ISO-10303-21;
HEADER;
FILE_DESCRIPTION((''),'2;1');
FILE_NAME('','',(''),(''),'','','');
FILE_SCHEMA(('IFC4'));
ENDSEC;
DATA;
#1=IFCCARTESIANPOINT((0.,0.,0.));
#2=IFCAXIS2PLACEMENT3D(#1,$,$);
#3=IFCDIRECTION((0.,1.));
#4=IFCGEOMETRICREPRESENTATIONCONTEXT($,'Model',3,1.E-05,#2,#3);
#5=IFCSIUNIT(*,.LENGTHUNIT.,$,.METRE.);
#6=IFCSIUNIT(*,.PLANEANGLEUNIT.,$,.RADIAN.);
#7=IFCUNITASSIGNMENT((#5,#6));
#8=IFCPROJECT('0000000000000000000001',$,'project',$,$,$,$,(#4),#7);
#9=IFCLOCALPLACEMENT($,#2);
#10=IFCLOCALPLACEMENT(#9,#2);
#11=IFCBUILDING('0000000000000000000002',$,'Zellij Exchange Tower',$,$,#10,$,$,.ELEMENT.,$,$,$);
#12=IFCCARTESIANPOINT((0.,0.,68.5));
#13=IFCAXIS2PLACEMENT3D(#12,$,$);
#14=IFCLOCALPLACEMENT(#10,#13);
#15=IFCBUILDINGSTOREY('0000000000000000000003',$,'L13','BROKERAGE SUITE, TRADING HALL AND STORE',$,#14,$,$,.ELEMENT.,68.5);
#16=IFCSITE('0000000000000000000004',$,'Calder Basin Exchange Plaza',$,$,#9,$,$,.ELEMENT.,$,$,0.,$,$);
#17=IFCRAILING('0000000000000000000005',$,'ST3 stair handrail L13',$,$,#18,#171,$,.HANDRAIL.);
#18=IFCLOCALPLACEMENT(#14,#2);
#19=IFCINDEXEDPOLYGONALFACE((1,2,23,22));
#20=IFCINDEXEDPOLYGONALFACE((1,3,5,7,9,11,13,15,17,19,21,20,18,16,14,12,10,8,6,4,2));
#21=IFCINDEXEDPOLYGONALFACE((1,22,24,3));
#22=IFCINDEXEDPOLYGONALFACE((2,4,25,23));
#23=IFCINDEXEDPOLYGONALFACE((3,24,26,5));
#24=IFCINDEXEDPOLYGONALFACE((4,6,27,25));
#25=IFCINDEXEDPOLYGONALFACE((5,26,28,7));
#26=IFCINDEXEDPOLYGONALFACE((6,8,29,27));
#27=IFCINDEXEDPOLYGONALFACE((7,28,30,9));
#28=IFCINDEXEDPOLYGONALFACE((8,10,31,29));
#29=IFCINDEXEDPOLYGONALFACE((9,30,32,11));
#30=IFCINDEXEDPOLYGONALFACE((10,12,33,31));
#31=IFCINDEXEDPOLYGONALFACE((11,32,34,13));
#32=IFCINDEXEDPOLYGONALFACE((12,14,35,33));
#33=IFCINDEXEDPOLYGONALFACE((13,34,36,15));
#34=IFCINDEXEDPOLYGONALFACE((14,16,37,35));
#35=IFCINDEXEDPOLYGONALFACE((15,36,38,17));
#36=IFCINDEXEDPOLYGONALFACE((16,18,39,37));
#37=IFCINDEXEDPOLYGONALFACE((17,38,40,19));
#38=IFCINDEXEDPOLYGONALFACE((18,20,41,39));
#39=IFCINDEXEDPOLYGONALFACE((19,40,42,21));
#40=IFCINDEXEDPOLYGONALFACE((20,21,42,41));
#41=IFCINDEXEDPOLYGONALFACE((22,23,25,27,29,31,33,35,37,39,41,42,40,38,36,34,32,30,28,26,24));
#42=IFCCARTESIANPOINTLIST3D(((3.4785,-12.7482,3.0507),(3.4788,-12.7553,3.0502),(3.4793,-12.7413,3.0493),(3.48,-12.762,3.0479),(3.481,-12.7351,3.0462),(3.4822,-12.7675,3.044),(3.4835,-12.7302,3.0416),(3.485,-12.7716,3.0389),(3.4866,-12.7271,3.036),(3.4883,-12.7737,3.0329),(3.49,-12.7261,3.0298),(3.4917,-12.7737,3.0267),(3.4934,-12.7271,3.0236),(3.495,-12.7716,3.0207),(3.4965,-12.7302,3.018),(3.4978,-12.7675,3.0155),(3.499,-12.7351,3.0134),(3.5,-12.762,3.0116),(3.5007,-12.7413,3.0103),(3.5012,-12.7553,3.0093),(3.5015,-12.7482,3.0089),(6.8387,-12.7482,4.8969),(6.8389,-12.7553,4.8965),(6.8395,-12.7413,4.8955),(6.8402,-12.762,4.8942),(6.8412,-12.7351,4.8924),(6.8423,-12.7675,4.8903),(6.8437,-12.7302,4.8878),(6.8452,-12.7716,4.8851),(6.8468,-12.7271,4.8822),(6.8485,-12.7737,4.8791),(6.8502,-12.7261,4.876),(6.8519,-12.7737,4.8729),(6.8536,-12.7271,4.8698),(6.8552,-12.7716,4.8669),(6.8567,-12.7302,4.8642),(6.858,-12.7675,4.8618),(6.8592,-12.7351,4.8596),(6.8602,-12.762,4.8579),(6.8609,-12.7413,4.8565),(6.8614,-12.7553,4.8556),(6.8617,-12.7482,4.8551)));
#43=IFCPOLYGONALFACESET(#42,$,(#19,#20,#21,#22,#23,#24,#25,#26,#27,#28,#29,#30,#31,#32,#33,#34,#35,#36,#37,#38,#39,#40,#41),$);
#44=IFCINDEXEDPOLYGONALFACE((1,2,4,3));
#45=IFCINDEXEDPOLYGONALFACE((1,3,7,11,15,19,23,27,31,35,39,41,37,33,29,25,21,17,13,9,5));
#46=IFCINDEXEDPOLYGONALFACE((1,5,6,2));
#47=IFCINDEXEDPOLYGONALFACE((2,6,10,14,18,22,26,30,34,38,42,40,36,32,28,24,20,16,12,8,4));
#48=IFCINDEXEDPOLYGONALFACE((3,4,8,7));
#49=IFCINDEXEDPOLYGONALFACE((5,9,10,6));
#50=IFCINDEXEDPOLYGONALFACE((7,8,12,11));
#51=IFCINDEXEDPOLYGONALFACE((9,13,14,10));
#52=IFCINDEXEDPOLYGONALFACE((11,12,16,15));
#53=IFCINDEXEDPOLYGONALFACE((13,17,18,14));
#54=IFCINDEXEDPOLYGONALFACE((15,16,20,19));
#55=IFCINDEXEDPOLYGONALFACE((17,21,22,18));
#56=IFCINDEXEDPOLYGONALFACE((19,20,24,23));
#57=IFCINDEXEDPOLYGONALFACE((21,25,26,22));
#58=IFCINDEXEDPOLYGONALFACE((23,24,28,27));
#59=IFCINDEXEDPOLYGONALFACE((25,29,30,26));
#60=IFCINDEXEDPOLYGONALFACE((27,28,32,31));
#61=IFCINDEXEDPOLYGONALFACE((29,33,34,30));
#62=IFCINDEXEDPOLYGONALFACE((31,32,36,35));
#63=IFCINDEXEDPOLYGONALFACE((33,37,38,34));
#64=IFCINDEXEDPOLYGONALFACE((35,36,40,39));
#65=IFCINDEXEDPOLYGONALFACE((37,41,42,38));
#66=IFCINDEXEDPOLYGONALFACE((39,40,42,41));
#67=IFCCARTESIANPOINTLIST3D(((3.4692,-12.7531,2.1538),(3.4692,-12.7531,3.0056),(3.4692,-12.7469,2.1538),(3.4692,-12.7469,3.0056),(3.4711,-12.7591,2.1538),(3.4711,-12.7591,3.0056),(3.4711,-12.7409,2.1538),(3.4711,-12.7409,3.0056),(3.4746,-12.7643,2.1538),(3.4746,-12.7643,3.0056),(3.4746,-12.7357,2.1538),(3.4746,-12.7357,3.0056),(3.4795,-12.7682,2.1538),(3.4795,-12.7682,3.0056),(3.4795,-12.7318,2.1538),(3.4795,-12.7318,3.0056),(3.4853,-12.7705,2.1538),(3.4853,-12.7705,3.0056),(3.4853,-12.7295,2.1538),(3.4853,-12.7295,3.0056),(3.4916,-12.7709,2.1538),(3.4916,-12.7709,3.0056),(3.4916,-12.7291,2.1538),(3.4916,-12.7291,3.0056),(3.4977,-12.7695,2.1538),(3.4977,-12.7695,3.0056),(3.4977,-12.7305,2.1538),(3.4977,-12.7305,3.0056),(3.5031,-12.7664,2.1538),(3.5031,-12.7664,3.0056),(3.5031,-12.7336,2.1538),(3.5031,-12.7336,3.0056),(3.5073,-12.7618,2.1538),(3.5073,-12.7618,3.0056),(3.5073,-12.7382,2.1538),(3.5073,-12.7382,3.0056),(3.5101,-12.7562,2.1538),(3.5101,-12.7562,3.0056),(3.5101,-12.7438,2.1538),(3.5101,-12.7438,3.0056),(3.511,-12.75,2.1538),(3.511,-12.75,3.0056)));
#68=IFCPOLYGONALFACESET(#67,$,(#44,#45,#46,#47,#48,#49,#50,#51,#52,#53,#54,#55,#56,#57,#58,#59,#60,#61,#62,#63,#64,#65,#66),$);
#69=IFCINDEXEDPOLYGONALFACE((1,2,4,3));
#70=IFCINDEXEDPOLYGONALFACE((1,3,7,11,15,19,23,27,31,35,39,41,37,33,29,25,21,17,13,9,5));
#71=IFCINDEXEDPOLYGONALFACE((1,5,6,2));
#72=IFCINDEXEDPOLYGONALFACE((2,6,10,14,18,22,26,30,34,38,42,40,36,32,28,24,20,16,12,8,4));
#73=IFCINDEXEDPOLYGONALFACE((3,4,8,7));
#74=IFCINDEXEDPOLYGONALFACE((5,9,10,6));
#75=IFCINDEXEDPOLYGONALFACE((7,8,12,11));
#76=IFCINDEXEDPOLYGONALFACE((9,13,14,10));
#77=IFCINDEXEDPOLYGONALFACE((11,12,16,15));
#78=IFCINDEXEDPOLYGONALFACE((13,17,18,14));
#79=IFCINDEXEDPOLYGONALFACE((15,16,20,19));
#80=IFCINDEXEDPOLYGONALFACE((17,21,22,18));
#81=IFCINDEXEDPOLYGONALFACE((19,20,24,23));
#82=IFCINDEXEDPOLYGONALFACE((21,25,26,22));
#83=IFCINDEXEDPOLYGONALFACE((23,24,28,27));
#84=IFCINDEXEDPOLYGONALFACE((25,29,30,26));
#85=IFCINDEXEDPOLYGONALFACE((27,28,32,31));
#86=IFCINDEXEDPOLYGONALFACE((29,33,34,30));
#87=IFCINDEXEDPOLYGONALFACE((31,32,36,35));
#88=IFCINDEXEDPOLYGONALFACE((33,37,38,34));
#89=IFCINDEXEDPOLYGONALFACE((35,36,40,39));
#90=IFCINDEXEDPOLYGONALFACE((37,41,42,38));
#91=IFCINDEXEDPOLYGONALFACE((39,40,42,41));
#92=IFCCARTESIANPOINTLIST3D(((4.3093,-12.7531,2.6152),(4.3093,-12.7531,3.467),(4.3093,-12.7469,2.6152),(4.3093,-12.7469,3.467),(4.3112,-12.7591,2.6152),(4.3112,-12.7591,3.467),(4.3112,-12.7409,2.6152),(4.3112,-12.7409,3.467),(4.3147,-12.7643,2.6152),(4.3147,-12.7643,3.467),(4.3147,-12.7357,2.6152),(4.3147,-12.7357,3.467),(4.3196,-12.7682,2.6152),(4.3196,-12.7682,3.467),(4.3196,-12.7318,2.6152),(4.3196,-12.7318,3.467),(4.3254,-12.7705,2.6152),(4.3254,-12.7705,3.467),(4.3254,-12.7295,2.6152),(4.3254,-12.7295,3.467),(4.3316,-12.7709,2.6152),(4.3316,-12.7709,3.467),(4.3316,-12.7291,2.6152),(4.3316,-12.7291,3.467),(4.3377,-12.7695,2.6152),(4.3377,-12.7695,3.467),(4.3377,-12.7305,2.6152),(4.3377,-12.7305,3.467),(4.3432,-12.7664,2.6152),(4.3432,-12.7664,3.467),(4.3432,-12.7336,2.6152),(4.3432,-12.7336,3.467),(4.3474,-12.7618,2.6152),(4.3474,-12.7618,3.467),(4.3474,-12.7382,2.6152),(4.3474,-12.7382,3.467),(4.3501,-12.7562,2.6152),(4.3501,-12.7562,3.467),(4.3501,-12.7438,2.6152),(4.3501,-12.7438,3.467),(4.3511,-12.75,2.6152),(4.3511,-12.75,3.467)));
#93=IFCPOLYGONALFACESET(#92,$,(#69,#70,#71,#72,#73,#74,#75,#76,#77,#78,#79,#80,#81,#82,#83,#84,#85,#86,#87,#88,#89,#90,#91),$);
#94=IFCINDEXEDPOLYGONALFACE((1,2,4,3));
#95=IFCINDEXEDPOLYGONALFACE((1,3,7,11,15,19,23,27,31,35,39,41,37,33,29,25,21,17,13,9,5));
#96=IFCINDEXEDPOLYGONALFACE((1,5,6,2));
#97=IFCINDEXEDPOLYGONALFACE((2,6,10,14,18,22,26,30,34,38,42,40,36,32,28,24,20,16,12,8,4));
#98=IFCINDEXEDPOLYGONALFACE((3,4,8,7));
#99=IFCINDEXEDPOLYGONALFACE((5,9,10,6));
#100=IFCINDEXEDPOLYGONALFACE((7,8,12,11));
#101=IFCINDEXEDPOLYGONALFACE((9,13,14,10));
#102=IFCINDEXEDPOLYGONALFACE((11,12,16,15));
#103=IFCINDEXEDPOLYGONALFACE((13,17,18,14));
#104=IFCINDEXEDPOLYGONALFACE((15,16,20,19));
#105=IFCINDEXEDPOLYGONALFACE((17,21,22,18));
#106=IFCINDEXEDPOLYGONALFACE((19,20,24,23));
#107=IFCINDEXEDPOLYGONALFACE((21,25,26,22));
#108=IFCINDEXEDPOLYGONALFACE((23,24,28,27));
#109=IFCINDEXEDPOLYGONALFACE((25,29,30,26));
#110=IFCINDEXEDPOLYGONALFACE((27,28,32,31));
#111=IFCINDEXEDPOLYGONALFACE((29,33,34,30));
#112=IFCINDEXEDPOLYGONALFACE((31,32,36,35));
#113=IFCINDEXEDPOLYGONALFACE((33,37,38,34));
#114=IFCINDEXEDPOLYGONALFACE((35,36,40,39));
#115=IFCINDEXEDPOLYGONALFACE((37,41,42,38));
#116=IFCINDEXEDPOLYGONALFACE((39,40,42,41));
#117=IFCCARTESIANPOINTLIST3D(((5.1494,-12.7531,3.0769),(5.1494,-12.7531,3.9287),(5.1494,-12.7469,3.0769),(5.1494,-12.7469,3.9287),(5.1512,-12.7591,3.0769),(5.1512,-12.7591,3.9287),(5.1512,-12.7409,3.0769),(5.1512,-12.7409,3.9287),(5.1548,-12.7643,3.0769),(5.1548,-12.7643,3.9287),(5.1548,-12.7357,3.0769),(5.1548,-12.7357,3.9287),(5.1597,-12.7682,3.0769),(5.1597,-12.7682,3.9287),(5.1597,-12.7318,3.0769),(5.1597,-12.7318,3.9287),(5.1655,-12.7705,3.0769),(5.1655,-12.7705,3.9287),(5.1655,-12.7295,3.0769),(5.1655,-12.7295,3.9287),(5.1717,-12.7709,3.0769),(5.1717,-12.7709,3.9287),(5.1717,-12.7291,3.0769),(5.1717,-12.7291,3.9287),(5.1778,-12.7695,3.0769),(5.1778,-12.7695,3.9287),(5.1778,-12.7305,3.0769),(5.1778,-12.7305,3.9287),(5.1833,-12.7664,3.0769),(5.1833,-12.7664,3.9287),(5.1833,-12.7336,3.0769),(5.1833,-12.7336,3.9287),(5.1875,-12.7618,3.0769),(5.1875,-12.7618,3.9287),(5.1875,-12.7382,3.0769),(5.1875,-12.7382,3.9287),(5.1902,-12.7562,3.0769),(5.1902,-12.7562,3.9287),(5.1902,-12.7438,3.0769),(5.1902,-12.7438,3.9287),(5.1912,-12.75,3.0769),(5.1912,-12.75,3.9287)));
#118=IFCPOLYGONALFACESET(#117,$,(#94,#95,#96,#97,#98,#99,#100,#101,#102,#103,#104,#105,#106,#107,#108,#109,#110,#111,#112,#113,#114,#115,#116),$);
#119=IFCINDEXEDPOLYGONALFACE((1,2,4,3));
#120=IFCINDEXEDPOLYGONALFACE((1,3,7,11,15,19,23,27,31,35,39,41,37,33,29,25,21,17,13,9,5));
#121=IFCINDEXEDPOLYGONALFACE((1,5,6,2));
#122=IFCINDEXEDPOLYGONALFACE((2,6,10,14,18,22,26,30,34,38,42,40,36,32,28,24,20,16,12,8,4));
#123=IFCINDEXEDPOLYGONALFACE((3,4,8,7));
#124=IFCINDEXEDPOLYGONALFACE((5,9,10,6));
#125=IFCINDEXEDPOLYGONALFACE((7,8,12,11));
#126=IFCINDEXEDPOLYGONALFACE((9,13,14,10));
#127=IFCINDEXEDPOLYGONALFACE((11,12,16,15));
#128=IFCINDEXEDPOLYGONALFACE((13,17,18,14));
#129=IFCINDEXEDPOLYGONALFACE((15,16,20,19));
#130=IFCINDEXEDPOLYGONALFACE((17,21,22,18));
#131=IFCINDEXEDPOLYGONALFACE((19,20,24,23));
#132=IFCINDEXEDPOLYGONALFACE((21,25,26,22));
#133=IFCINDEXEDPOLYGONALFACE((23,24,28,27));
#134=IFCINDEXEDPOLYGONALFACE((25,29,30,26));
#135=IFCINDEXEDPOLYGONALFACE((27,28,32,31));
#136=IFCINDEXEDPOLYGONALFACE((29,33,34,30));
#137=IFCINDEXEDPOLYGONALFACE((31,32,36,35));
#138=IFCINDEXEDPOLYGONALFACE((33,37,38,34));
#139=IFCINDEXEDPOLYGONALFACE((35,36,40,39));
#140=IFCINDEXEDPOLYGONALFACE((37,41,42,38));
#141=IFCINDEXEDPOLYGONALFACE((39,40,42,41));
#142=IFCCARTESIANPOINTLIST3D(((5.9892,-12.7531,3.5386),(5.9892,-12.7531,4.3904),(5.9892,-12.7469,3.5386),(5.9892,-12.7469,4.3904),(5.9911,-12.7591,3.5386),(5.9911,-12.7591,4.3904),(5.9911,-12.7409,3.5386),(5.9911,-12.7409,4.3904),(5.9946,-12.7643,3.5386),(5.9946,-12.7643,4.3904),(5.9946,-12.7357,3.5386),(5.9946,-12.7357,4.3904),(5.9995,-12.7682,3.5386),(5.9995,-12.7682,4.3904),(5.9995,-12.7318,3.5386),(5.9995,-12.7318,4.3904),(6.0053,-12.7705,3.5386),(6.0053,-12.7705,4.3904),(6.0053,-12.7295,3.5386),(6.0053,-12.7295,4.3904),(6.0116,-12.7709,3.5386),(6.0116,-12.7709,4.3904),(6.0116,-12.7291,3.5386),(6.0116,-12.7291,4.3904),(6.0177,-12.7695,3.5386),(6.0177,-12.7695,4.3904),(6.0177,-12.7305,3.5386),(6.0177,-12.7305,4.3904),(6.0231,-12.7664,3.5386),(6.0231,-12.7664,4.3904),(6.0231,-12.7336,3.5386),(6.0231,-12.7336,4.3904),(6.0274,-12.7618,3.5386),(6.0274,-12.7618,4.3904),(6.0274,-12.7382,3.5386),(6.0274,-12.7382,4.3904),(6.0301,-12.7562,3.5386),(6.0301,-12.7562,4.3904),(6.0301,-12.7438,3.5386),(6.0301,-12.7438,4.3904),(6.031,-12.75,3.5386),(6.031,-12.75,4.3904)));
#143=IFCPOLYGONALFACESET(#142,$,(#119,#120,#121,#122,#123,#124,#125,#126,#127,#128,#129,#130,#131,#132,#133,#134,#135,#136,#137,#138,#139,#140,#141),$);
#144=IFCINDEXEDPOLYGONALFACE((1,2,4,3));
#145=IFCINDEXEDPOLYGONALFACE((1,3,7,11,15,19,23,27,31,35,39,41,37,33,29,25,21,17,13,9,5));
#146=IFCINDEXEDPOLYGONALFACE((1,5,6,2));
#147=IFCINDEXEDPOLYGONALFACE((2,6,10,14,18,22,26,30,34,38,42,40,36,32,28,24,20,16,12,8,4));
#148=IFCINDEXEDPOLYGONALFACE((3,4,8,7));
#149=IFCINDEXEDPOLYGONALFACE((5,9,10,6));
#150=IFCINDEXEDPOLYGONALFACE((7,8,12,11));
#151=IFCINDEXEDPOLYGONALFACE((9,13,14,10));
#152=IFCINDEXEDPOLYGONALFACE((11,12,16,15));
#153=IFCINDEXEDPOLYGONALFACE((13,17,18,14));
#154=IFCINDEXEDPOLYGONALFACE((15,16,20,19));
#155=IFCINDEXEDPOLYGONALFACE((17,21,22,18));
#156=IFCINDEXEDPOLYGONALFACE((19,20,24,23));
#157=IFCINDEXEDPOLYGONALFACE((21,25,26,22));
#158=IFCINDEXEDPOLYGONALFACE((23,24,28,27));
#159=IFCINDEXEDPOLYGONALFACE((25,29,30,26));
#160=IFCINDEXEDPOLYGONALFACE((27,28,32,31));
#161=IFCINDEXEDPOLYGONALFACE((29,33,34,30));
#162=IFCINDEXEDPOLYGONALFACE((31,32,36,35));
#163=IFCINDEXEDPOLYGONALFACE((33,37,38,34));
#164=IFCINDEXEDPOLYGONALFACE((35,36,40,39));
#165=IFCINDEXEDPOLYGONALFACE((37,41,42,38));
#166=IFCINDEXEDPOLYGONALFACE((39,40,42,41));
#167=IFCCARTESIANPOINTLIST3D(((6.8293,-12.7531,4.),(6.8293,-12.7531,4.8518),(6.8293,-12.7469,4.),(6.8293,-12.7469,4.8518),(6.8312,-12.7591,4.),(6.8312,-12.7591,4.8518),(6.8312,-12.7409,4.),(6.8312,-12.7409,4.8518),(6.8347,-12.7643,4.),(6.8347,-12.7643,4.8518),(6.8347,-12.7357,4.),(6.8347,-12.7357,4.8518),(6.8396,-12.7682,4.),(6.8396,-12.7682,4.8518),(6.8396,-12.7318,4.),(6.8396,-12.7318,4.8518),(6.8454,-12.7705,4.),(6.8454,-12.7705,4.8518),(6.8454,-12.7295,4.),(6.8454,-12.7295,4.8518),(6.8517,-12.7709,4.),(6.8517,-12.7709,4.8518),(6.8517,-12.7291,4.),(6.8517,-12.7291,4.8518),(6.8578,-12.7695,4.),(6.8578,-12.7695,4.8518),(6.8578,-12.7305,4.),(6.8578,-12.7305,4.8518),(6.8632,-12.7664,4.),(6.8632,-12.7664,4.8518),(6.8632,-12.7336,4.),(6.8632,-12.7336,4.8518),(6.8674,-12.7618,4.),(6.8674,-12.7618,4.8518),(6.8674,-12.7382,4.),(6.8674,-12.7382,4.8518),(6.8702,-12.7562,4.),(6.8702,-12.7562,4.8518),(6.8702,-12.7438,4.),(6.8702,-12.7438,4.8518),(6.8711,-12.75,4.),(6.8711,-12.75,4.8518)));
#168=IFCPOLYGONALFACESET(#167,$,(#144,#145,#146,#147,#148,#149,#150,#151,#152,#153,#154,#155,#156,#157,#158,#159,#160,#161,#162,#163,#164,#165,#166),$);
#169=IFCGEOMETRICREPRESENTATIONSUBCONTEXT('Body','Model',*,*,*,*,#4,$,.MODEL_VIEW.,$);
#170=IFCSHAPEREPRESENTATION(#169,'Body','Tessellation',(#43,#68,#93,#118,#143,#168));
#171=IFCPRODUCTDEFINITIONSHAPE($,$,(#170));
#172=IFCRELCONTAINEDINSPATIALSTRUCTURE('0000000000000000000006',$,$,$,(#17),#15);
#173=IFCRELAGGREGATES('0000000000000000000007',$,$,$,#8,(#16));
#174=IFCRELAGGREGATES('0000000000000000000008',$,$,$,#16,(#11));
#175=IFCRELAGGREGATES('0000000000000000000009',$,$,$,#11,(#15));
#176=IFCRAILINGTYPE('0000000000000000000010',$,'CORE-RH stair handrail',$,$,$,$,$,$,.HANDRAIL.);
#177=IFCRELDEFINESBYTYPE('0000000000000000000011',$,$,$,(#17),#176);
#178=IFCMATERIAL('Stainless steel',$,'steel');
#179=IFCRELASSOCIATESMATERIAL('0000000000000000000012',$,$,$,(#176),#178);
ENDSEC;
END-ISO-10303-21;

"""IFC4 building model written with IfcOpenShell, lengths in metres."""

from ifc_helpers import new_model, si_unit, direction, frame, origin, origin_2d, place, context, subcontext, project, spatial, circle, extrude, material, type_object, element, save


model = new_model("IFC4")

# Units and contexts
model_context = context("Model", 3, precision=1e-05, world=origin(), true_north=direction((0.0, 1.0)))
body_context = subcontext(model_context, "Body", "Model", "MODEL_VIEW")
ifc_project = project(units=[si_unit("LENGTHUNIT", "METRE"), si_unit("PLANEANGLEUNIT", "RADIAN")], contexts=[model_context])

# Site, building, storey
site_placement = place(None, origin())
site = spatial("IfcSite", under=ifc_project, at=site_placement, Name="Calder Basin Exchange Plaza", CompositionType="ELEMENT", RefElevation=0.0)
building_placement = place(site_placement, origin())
building = spatial("IfcBuilding", under=site, at=building_placement, Name="Zellij Exchange Tower", CompositionType="ELEMENT")
storey_placement = place(building_placement, frame((0.0, 0.0, 68.5)))
storey = spatial("IfcBuildingStorey", under=building, at=storey_placement, Name="L13", Description="BROKERAGE SUITE, TRADING HALL AND STORE", CompositionType="ELEMENT", Elevation=68.5)

# Railing
ifc_material_1 = material(Name="Stainless steel", Category="steel")
railing_type_1 = type_object("IfcRailingType", Name="CORE-RH stair handrail", PredefinedType="HANDRAIL", material=ifc_material_1)
railing_1_placement = place(storey_placement, frame((3.49, -12.75, 2.1538)))
element("IfcRailing", 1, at=railing_1_placement, inside=storey, type_object=railing_type_1, Name="ST3 stair handrail L13", PredefinedType="HANDRAIL", context=body_context, shape_type="SweptSolid", body=[
    extrude(circle(Radius=0.0239, at=origin_2d()), frame((0.0, 0.0, 0.876), z_axis=(0.876422, 0.0, 0.481545), x_axis=(0.0, 1.0, 0.0)), (0.0, 0.0, 1.0), 3.834),
    extrude(circle(Radius=0.021, at=origin_2d()), origin(), (0.0, 0.0, 1.0), 0.8518),
    extrude(circle(Radius=0.021, at=origin_2d()), frame((0.8401, 0.0, 0.4614)), (0.0, 0.0, 1.0), 0.8518),
    extrude(circle(Radius=0.021, at=origin_2d()), frame((1.6802, 0.0, 0.9231)), (0.0, 0.0, 1.0), 0.8518),
    extrude(circle(Radius=0.021, at=origin_2d()), frame((2.52, 0.0, 1.3848)), (0.0, 0.0, 1.0), 0.8518),
    extrude(circle(Radius=0.021, at=origin_2d()), frame((3.3601, 0.0, 1.8462)), (0.0, 0.0, 1.0), 0.8518),
])

save(model, "model.ifc")
